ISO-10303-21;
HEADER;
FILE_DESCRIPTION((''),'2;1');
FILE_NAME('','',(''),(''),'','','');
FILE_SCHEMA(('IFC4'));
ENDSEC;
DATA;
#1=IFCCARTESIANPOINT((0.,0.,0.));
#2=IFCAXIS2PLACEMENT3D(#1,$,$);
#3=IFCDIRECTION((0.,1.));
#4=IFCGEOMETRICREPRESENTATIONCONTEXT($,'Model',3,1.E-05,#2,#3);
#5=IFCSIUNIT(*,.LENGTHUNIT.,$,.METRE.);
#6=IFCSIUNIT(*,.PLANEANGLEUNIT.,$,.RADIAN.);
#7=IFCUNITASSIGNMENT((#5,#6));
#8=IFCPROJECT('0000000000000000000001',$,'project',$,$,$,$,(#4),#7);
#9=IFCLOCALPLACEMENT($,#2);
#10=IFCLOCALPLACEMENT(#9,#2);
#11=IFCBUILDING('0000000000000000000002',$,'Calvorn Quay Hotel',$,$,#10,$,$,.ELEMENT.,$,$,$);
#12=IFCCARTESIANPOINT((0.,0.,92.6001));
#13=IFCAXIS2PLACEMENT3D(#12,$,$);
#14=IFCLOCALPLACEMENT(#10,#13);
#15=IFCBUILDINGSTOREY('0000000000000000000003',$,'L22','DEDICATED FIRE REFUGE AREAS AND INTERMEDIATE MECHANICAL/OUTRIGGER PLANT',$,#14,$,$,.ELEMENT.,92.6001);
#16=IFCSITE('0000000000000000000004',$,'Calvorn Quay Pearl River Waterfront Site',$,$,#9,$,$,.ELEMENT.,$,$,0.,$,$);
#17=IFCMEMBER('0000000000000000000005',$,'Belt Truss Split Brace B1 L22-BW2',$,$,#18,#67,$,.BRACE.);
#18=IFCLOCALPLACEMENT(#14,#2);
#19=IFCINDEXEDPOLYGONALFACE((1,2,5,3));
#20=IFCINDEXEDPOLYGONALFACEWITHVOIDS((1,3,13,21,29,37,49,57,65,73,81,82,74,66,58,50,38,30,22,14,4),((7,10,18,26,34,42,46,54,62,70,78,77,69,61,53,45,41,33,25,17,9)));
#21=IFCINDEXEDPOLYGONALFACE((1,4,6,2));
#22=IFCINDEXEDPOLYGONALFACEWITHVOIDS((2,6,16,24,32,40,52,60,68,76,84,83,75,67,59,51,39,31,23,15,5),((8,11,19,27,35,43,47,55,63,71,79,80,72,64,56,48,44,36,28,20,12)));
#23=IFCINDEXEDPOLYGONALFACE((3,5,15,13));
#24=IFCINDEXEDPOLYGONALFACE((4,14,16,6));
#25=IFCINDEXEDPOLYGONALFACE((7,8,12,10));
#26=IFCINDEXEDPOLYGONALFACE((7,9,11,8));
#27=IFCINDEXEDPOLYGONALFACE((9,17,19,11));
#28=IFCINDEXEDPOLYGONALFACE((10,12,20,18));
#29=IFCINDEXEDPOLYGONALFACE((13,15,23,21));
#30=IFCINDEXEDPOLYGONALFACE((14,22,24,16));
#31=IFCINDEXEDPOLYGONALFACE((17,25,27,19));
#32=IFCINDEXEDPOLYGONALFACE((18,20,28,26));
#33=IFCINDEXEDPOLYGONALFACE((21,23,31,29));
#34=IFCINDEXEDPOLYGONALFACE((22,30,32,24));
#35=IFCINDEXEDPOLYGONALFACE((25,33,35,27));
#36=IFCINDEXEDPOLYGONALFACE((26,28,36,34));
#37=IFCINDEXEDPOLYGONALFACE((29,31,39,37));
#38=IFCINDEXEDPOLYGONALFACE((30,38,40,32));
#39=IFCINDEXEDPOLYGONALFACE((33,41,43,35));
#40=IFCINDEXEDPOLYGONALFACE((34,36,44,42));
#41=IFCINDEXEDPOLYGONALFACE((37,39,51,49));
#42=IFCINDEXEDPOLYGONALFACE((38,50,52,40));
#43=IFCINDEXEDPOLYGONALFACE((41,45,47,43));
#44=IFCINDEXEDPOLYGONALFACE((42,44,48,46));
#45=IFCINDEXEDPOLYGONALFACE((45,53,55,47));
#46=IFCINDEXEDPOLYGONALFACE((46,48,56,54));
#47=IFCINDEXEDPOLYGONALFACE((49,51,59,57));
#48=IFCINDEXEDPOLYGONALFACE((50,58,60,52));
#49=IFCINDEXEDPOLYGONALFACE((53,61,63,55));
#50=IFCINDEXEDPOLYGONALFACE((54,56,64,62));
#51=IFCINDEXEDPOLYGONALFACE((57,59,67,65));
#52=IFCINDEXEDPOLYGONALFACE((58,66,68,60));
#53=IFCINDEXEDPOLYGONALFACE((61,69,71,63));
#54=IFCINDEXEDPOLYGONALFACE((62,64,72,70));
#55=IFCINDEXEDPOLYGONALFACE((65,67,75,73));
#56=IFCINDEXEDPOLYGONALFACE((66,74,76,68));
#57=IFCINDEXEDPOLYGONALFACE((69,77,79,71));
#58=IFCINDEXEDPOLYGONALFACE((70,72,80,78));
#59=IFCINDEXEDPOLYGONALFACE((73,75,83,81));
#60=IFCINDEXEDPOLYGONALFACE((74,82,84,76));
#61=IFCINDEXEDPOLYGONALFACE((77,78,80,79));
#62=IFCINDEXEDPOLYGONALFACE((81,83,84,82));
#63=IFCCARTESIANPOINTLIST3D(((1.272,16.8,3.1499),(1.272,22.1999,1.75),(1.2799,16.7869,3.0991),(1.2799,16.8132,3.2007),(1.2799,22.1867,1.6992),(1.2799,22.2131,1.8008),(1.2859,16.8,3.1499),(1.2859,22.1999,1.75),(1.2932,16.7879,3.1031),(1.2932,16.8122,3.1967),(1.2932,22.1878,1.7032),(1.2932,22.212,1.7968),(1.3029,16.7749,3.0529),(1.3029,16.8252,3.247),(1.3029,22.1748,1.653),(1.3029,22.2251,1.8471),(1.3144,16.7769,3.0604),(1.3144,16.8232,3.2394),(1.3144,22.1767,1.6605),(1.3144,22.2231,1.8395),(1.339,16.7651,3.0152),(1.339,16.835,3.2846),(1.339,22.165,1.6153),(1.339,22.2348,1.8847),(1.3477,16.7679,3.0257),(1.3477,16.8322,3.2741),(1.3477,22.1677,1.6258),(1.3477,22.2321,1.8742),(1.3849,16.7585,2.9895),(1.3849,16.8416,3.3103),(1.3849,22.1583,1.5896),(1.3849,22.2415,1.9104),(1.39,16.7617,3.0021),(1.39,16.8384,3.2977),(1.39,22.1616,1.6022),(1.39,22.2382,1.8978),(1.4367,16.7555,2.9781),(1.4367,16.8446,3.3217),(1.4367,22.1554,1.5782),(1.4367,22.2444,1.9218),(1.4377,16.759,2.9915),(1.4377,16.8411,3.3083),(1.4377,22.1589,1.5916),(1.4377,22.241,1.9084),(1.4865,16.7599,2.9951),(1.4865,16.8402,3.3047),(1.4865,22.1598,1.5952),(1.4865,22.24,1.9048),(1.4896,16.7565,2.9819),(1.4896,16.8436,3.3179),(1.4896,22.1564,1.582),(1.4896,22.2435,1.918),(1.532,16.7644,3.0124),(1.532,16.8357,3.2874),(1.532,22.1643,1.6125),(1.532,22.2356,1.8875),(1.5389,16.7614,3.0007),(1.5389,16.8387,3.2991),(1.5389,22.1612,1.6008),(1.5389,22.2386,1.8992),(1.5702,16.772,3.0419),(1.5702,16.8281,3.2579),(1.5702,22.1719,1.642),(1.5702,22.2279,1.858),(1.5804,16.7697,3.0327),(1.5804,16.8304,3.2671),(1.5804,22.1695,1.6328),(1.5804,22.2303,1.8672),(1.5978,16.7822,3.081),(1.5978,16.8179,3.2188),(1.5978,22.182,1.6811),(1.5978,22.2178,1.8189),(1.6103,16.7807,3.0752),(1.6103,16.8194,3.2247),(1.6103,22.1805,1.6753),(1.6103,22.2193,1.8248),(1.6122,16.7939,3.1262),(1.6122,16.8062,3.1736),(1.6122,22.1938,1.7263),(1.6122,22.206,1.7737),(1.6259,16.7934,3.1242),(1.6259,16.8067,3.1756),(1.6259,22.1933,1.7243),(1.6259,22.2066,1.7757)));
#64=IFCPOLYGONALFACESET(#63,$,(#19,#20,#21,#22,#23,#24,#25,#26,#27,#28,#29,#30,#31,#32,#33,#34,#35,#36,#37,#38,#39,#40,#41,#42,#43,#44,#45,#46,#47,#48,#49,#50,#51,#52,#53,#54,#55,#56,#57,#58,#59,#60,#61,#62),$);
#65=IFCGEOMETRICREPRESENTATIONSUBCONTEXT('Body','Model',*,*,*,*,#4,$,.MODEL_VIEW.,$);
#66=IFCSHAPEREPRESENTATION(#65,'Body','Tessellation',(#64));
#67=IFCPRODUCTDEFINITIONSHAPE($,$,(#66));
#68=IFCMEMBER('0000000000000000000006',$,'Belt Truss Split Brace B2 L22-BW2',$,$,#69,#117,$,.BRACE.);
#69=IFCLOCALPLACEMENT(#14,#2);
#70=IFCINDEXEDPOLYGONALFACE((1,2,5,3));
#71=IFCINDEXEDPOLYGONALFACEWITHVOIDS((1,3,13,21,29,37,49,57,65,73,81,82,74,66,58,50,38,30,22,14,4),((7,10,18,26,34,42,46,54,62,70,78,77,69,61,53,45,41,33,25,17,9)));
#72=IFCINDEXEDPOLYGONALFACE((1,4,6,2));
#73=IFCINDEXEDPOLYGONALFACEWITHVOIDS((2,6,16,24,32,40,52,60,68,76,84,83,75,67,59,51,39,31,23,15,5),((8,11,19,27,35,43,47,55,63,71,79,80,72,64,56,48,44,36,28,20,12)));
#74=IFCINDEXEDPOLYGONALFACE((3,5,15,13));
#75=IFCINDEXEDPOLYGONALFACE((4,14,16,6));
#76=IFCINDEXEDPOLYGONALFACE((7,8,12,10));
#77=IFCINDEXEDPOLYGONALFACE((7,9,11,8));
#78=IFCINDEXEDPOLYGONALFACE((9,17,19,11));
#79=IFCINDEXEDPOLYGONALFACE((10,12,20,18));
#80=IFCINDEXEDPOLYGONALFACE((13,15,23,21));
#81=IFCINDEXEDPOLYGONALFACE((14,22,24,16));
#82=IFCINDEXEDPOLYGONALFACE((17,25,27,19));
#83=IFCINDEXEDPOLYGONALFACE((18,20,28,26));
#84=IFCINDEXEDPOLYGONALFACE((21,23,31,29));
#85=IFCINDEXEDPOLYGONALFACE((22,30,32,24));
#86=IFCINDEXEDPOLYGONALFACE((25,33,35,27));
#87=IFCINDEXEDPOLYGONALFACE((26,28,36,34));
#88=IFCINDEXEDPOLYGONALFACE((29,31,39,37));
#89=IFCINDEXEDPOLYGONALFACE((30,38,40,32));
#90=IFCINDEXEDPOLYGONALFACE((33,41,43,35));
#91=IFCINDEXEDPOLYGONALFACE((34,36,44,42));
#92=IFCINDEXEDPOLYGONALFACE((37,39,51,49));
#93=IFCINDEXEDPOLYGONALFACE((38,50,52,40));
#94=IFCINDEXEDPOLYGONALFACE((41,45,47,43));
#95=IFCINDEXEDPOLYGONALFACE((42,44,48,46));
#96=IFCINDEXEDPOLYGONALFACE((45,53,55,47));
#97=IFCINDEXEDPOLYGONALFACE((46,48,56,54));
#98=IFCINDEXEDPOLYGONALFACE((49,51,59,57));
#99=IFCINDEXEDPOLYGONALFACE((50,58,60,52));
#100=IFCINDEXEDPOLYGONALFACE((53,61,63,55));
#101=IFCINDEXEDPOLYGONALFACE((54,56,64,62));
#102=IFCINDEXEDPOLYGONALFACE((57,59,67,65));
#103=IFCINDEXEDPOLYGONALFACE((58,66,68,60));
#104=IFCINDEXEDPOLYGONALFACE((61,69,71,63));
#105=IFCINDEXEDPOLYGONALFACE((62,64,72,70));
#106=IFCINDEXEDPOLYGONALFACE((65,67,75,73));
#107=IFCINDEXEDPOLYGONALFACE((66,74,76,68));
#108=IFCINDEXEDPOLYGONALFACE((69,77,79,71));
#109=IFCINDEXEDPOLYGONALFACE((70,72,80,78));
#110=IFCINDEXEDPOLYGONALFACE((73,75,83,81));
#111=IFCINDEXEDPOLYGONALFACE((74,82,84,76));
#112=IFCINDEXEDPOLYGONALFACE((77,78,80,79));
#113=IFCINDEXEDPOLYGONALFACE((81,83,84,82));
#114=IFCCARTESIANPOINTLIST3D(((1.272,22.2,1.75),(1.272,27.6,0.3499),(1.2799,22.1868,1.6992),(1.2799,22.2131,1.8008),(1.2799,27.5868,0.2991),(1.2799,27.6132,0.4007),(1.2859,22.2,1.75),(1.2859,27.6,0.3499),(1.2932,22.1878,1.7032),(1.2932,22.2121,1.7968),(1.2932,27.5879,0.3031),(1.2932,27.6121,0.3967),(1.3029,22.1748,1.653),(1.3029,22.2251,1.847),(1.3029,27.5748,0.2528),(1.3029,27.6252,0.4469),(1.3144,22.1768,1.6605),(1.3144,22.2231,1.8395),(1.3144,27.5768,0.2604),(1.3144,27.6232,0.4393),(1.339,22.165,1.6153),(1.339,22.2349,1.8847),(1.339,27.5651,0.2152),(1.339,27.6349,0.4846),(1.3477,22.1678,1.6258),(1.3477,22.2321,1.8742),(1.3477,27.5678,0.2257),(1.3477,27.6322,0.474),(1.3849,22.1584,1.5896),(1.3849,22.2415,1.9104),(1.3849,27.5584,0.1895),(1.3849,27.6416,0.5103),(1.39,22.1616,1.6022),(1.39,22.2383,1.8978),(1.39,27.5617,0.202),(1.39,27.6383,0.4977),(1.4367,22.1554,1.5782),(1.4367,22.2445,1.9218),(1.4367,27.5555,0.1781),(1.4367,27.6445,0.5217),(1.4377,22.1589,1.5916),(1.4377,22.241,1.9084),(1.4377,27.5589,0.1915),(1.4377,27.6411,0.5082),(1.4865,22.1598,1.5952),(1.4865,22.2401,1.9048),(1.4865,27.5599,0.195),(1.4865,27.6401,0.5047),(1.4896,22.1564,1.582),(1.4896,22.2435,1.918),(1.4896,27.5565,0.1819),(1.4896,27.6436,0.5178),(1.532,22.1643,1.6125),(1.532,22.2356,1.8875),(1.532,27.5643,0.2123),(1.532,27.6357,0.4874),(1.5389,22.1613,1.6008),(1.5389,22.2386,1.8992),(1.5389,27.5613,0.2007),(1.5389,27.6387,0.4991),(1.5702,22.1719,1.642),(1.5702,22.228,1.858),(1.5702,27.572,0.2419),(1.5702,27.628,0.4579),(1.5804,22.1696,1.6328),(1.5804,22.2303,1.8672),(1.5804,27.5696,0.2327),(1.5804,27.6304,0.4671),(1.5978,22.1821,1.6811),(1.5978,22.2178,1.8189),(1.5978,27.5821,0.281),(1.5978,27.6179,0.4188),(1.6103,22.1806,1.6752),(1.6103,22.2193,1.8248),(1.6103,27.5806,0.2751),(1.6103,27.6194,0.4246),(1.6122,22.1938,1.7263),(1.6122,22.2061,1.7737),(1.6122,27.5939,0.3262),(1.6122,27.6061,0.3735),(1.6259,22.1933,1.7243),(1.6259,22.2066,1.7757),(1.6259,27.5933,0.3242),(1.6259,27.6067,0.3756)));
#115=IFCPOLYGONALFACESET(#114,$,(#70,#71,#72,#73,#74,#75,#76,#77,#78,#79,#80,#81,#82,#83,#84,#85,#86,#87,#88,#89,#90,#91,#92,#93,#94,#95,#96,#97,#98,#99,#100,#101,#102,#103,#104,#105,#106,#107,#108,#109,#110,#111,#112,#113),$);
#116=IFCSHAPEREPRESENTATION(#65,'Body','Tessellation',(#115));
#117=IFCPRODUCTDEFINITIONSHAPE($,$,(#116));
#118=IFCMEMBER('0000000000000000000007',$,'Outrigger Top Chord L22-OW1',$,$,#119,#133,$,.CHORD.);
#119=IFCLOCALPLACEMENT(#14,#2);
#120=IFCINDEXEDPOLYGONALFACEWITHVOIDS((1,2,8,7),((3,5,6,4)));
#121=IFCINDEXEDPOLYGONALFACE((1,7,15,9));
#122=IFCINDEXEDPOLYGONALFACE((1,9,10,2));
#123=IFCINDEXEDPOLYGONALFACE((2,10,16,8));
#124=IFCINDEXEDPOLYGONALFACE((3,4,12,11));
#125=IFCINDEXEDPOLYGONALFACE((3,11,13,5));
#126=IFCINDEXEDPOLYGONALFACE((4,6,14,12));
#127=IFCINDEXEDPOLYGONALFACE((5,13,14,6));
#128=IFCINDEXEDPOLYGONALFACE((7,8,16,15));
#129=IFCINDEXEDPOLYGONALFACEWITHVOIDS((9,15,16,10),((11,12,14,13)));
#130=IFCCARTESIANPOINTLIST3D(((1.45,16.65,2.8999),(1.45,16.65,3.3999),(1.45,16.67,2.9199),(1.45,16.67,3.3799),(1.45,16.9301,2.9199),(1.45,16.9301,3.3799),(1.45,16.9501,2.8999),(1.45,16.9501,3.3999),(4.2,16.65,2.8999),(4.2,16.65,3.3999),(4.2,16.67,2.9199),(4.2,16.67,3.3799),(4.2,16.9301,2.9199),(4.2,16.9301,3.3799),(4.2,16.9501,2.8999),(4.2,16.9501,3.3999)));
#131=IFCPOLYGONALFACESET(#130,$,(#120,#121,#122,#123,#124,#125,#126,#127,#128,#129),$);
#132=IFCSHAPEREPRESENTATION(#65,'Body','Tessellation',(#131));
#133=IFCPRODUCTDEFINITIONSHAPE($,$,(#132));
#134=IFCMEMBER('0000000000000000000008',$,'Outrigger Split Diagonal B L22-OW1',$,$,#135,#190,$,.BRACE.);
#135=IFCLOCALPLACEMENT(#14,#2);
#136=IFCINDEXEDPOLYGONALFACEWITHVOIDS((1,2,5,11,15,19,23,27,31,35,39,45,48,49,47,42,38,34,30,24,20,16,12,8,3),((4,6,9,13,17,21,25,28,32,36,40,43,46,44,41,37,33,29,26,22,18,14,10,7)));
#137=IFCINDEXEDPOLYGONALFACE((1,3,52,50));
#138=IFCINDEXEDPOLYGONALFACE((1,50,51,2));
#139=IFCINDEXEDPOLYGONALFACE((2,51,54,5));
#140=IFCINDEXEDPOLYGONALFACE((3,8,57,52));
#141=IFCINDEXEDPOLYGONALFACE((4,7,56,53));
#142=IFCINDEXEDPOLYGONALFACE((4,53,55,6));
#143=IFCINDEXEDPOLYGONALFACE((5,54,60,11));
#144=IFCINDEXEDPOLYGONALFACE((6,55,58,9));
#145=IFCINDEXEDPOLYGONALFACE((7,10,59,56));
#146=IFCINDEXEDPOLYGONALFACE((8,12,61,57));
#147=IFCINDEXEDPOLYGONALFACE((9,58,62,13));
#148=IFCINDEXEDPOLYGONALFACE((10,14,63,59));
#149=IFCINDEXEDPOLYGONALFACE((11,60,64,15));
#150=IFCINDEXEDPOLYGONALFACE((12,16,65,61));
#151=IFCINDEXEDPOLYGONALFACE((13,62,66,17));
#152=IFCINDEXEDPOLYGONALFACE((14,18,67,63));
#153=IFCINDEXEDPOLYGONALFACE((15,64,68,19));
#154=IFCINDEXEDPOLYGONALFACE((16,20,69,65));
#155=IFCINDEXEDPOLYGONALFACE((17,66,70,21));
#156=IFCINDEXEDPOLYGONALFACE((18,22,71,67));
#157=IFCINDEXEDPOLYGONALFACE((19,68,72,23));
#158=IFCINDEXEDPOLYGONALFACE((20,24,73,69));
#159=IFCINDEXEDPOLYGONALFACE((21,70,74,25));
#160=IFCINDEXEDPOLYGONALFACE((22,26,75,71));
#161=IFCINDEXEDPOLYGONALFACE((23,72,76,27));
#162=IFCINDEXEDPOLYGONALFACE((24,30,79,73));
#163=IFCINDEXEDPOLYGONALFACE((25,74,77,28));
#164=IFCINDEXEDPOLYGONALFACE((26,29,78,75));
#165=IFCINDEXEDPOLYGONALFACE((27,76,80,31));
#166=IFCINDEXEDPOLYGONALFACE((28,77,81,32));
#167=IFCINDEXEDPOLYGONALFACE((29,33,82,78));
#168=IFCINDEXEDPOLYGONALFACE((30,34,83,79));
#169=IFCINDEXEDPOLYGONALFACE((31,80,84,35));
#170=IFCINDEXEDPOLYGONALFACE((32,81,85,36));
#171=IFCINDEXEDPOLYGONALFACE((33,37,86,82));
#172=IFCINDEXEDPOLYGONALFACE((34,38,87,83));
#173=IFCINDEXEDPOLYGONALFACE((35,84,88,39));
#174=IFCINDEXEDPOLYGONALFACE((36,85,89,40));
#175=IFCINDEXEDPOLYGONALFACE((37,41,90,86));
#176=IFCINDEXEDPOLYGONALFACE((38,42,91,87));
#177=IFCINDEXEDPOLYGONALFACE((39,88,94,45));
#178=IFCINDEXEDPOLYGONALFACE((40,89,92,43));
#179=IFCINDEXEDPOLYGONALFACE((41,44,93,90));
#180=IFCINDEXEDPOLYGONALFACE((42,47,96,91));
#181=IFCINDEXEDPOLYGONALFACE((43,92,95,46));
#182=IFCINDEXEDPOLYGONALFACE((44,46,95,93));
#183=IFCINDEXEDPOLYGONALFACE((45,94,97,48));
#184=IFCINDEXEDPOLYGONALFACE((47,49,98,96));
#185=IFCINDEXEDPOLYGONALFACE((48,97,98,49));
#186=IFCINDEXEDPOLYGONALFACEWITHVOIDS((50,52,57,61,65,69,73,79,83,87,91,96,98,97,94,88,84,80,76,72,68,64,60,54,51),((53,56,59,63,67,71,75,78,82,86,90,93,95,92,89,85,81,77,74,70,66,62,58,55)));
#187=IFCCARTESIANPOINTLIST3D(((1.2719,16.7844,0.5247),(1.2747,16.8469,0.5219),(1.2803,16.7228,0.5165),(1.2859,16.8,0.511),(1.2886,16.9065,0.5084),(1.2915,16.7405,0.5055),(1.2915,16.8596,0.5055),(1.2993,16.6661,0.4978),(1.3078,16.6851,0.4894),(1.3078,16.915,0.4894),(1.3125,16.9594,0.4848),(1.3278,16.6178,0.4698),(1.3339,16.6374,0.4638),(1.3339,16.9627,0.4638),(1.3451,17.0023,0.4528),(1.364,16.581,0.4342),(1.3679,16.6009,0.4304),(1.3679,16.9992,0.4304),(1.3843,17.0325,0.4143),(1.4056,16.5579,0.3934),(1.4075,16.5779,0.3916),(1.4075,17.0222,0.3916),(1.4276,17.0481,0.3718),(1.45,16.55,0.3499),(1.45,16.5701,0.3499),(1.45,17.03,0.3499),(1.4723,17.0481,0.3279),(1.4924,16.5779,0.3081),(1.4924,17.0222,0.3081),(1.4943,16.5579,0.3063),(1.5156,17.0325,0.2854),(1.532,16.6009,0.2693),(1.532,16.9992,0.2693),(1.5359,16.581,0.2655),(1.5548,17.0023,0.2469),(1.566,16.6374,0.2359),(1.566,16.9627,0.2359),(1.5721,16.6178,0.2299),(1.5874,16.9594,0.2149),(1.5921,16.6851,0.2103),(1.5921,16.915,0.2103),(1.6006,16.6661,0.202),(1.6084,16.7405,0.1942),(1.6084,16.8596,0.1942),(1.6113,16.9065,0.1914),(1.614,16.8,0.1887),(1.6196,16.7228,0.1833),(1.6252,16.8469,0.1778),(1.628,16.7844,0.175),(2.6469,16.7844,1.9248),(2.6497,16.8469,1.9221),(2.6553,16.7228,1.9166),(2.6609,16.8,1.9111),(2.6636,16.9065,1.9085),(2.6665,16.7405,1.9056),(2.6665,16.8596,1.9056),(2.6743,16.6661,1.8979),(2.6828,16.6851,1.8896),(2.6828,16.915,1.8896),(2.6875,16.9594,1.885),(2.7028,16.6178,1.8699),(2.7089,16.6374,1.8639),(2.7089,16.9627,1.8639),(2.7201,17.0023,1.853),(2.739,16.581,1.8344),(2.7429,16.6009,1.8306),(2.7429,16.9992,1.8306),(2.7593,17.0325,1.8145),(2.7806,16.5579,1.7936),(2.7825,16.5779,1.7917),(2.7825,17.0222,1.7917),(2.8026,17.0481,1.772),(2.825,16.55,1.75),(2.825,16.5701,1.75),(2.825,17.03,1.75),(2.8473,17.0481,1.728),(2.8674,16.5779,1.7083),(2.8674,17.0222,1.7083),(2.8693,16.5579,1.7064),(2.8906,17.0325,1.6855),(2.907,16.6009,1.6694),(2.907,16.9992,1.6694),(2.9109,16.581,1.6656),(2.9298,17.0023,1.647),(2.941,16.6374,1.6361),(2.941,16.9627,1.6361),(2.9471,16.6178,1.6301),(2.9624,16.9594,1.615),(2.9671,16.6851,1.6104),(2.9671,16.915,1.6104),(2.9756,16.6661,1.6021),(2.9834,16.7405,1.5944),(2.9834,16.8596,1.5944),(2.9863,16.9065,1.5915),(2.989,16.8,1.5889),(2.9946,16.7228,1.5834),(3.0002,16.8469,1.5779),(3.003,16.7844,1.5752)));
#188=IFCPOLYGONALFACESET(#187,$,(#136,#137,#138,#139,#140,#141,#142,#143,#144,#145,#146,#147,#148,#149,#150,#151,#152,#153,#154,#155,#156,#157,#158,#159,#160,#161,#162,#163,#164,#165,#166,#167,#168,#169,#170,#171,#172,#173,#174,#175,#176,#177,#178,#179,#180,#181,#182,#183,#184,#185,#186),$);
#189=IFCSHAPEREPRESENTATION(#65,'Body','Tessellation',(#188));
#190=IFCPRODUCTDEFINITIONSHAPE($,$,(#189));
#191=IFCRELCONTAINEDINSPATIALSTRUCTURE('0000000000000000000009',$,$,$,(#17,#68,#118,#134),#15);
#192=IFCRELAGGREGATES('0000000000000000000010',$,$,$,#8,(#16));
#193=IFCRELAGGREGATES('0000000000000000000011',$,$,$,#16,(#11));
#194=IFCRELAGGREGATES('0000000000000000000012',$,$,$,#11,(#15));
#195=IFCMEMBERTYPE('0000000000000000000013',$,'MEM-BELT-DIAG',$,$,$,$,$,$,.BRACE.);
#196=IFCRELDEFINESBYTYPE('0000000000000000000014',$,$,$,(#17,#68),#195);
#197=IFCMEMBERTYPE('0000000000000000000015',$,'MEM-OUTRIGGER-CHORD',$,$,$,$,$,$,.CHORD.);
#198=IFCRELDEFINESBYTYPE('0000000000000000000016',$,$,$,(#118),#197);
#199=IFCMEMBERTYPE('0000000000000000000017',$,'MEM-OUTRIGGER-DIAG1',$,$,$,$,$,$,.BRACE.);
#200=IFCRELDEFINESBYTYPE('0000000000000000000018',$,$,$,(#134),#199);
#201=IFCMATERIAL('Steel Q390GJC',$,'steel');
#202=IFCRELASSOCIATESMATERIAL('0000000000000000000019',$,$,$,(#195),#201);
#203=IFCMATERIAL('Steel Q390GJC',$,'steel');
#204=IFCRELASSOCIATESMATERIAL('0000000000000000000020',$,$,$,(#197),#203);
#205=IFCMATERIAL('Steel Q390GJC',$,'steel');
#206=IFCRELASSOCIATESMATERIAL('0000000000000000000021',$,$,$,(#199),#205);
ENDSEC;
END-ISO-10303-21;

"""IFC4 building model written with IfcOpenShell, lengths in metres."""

from ifc_helpers import new_model, si_unit, direction, frame, origin, origin_2d, place, context, subcontext, project, spatial, hollow_rectangle, hollow_circle, extrude, material, material_profile, profile_set, type_object, element, save


model = new_model("IFC4")

# Units and contexts
model_context = context("Model", 3, precision=1e-05, world=origin(), true_north=direction((0.0, 1.0)))
body_context = subcontext(model_context, "Body", "Model", "MODEL_VIEW")
ifc_project = project(units=[si_unit("LENGTHUNIT", "METRE"), si_unit("PLANEANGLEUNIT", "RADIAN")], contexts=[model_context])

# Site, building, storey
site_placement = place(None, origin())
site = spatial("IfcSite", under=ifc_project, at=site_placement, Name="Calvorn Quay Pearl River Waterfront Site", CompositionType="ELEMENT", RefElevation=0.0)
building_placement = place(site_placement, origin())
building = spatial("IfcBuilding", under=site, at=building_placement, Name="Calvorn Quay Hotel", CompositionType="ELEMENT")
storey_placement = place(building_placement, frame((0.0, 0.0, 92.6001)))
storey = spatial("IfcBuildingStorey", under=building, at=storey_placement, Name="L22", Description="DEDICATED FIRE REFUGE AREAS AND INTERMEDIATE MECHANICAL/OUTRIGGER PLANT", CompositionType="ELEMENT", Elevation=92.6001)

# Members
ifc_material_1 = material(Name="Steel Q390GJC", Category="steel")
ifc_material_profile_1 = material_profile(ifc_material_1, hollow_circle(Radius=0.178, WallThickness=0.0139, at=origin_2d()), Name="CHS356x14")
ifc_profile_set_1 = profile_set([ifc_material_profile_1], Name="Steel Q390GJC")
member_type_1 = type_object("IfcMemberType", Name="MEM-BELT-DIAG", PredefinedType="BRACE", material=ifc_profile_set_1)
member_1_placement = place(storey_placement, frame((1.45, 16.8, 3.1499), z_axis=(0.0, 0.968, -0.25095), x_axis=(-1.0, 0.0, 0.0)))
element("IfcMember", 1, at=member_1_placement, inside=storey, type_object=member_type_1, Name="Belt Truss Split Brace B1 L22-BW2", PredefinedType="BRACE", context=body_context, shape_type="SweptSolid", body=[
    extrude(hollow_circle(Radius=0.178, WallThickness=0.0139, at=origin_2d()), origin(), (0.0, 0.0, 1.0), 5.5784),
])
member_2_placement = place(storey_placement, frame((1.45, 22.2, 1.75), z_axis=(0.0, 0.967992, -0.25098), x_axis=(-1.0, 0.0, 0.0)))
element("IfcMember", 2, at=member_2_placement, inside=storey, type_object=member_type_1, Name="Belt Truss Split Brace B2 L22-BW2", PredefinedType="BRACE", context=body_context, shape_type="SweptSolid", body=[
    extrude(hollow_circle(Radius=0.178, WallThickness=0.0139, at=origin_2d()), origin(), (0.0, 0.0, 1.0), 5.5786),
])
ifc_material_2 = material(Name="Steel Q390GJC", Category="steel")
ifc_material_profile_2 = material_profile(ifc_material_2, hollow_rectangle(XDim=0.3, YDim=0.5, WallThickness=0.02, at=origin_2d()), Name="RHS500x300x20")
ifc_profile_set_2 = profile_set([ifc_material_profile_2], Name="Steel Q390GJC")
member_type_2 = type_object("IfcMemberType", Name="MEM-OUTRIGGER-CHORD", PredefinedType="CHORD", material=ifc_profile_set_2)
member_3_placement = place(storey_placement, frame((4.2, 16.8, 3.1499), z_axis=(-1.0, 0.0, 0.0), x_axis=(0.0, -1.0, 0.0)))
element("IfcMember", 3, at=member_3_placement, inside=storey, type_object=member_type_2, Name="Outrigger Top Chord L22-OW1", PredefinedType="CHORD", context=body_context, shape_type="SweptSolid", body=[
    extrude(hollow_rectangle(XDim=0.3, YDim=0.5, WallThickness=0.02, at=origin_2d()), origin(), (0.0, 0.0, 1.0), 2.75),
])
ifc_material_3 = material(Name="Steel Q390GJC", Category="steel")
ifc_material_profile_3 = material_profile(ifc_material_3, hollow_circle(Radius=0.25, WallThickness=0.02, at=origin_2d()), Name="CHS500x20")
ifc_profile_set_3 = profile_set([ifc_material_profile_3], Name="Steel Q390GJC")
member_type_3 = type_object("IfcMemberType", Name="MEM-OUTRIGGER-DIAG1", PredefinedType="BRACE", material=ifc_profile_set_3)
member_4_placement = place(storey_placement, frame((2.825, 16.8, 1.75), z_axis=(-0.700671, 0.0, -0.713485), x_axis=(0.0, -1.0, 0.0)))
element("IfcMember", 4, at=member_4_placement, inside=storey, type_object=member_type_3, Name="Outrigger Split Diagonal B L22-OW1", PredefinedType="BRACE", context=body_context, shape_type="SweptSolid", body=[
    extrude(hollow_circle(Radius=0.25, WallThickness=0.02, at=origin_2d()), origin(), (0.0, 0.0, 1.0), 1.9624),
])

save(model, "model.ifc")
